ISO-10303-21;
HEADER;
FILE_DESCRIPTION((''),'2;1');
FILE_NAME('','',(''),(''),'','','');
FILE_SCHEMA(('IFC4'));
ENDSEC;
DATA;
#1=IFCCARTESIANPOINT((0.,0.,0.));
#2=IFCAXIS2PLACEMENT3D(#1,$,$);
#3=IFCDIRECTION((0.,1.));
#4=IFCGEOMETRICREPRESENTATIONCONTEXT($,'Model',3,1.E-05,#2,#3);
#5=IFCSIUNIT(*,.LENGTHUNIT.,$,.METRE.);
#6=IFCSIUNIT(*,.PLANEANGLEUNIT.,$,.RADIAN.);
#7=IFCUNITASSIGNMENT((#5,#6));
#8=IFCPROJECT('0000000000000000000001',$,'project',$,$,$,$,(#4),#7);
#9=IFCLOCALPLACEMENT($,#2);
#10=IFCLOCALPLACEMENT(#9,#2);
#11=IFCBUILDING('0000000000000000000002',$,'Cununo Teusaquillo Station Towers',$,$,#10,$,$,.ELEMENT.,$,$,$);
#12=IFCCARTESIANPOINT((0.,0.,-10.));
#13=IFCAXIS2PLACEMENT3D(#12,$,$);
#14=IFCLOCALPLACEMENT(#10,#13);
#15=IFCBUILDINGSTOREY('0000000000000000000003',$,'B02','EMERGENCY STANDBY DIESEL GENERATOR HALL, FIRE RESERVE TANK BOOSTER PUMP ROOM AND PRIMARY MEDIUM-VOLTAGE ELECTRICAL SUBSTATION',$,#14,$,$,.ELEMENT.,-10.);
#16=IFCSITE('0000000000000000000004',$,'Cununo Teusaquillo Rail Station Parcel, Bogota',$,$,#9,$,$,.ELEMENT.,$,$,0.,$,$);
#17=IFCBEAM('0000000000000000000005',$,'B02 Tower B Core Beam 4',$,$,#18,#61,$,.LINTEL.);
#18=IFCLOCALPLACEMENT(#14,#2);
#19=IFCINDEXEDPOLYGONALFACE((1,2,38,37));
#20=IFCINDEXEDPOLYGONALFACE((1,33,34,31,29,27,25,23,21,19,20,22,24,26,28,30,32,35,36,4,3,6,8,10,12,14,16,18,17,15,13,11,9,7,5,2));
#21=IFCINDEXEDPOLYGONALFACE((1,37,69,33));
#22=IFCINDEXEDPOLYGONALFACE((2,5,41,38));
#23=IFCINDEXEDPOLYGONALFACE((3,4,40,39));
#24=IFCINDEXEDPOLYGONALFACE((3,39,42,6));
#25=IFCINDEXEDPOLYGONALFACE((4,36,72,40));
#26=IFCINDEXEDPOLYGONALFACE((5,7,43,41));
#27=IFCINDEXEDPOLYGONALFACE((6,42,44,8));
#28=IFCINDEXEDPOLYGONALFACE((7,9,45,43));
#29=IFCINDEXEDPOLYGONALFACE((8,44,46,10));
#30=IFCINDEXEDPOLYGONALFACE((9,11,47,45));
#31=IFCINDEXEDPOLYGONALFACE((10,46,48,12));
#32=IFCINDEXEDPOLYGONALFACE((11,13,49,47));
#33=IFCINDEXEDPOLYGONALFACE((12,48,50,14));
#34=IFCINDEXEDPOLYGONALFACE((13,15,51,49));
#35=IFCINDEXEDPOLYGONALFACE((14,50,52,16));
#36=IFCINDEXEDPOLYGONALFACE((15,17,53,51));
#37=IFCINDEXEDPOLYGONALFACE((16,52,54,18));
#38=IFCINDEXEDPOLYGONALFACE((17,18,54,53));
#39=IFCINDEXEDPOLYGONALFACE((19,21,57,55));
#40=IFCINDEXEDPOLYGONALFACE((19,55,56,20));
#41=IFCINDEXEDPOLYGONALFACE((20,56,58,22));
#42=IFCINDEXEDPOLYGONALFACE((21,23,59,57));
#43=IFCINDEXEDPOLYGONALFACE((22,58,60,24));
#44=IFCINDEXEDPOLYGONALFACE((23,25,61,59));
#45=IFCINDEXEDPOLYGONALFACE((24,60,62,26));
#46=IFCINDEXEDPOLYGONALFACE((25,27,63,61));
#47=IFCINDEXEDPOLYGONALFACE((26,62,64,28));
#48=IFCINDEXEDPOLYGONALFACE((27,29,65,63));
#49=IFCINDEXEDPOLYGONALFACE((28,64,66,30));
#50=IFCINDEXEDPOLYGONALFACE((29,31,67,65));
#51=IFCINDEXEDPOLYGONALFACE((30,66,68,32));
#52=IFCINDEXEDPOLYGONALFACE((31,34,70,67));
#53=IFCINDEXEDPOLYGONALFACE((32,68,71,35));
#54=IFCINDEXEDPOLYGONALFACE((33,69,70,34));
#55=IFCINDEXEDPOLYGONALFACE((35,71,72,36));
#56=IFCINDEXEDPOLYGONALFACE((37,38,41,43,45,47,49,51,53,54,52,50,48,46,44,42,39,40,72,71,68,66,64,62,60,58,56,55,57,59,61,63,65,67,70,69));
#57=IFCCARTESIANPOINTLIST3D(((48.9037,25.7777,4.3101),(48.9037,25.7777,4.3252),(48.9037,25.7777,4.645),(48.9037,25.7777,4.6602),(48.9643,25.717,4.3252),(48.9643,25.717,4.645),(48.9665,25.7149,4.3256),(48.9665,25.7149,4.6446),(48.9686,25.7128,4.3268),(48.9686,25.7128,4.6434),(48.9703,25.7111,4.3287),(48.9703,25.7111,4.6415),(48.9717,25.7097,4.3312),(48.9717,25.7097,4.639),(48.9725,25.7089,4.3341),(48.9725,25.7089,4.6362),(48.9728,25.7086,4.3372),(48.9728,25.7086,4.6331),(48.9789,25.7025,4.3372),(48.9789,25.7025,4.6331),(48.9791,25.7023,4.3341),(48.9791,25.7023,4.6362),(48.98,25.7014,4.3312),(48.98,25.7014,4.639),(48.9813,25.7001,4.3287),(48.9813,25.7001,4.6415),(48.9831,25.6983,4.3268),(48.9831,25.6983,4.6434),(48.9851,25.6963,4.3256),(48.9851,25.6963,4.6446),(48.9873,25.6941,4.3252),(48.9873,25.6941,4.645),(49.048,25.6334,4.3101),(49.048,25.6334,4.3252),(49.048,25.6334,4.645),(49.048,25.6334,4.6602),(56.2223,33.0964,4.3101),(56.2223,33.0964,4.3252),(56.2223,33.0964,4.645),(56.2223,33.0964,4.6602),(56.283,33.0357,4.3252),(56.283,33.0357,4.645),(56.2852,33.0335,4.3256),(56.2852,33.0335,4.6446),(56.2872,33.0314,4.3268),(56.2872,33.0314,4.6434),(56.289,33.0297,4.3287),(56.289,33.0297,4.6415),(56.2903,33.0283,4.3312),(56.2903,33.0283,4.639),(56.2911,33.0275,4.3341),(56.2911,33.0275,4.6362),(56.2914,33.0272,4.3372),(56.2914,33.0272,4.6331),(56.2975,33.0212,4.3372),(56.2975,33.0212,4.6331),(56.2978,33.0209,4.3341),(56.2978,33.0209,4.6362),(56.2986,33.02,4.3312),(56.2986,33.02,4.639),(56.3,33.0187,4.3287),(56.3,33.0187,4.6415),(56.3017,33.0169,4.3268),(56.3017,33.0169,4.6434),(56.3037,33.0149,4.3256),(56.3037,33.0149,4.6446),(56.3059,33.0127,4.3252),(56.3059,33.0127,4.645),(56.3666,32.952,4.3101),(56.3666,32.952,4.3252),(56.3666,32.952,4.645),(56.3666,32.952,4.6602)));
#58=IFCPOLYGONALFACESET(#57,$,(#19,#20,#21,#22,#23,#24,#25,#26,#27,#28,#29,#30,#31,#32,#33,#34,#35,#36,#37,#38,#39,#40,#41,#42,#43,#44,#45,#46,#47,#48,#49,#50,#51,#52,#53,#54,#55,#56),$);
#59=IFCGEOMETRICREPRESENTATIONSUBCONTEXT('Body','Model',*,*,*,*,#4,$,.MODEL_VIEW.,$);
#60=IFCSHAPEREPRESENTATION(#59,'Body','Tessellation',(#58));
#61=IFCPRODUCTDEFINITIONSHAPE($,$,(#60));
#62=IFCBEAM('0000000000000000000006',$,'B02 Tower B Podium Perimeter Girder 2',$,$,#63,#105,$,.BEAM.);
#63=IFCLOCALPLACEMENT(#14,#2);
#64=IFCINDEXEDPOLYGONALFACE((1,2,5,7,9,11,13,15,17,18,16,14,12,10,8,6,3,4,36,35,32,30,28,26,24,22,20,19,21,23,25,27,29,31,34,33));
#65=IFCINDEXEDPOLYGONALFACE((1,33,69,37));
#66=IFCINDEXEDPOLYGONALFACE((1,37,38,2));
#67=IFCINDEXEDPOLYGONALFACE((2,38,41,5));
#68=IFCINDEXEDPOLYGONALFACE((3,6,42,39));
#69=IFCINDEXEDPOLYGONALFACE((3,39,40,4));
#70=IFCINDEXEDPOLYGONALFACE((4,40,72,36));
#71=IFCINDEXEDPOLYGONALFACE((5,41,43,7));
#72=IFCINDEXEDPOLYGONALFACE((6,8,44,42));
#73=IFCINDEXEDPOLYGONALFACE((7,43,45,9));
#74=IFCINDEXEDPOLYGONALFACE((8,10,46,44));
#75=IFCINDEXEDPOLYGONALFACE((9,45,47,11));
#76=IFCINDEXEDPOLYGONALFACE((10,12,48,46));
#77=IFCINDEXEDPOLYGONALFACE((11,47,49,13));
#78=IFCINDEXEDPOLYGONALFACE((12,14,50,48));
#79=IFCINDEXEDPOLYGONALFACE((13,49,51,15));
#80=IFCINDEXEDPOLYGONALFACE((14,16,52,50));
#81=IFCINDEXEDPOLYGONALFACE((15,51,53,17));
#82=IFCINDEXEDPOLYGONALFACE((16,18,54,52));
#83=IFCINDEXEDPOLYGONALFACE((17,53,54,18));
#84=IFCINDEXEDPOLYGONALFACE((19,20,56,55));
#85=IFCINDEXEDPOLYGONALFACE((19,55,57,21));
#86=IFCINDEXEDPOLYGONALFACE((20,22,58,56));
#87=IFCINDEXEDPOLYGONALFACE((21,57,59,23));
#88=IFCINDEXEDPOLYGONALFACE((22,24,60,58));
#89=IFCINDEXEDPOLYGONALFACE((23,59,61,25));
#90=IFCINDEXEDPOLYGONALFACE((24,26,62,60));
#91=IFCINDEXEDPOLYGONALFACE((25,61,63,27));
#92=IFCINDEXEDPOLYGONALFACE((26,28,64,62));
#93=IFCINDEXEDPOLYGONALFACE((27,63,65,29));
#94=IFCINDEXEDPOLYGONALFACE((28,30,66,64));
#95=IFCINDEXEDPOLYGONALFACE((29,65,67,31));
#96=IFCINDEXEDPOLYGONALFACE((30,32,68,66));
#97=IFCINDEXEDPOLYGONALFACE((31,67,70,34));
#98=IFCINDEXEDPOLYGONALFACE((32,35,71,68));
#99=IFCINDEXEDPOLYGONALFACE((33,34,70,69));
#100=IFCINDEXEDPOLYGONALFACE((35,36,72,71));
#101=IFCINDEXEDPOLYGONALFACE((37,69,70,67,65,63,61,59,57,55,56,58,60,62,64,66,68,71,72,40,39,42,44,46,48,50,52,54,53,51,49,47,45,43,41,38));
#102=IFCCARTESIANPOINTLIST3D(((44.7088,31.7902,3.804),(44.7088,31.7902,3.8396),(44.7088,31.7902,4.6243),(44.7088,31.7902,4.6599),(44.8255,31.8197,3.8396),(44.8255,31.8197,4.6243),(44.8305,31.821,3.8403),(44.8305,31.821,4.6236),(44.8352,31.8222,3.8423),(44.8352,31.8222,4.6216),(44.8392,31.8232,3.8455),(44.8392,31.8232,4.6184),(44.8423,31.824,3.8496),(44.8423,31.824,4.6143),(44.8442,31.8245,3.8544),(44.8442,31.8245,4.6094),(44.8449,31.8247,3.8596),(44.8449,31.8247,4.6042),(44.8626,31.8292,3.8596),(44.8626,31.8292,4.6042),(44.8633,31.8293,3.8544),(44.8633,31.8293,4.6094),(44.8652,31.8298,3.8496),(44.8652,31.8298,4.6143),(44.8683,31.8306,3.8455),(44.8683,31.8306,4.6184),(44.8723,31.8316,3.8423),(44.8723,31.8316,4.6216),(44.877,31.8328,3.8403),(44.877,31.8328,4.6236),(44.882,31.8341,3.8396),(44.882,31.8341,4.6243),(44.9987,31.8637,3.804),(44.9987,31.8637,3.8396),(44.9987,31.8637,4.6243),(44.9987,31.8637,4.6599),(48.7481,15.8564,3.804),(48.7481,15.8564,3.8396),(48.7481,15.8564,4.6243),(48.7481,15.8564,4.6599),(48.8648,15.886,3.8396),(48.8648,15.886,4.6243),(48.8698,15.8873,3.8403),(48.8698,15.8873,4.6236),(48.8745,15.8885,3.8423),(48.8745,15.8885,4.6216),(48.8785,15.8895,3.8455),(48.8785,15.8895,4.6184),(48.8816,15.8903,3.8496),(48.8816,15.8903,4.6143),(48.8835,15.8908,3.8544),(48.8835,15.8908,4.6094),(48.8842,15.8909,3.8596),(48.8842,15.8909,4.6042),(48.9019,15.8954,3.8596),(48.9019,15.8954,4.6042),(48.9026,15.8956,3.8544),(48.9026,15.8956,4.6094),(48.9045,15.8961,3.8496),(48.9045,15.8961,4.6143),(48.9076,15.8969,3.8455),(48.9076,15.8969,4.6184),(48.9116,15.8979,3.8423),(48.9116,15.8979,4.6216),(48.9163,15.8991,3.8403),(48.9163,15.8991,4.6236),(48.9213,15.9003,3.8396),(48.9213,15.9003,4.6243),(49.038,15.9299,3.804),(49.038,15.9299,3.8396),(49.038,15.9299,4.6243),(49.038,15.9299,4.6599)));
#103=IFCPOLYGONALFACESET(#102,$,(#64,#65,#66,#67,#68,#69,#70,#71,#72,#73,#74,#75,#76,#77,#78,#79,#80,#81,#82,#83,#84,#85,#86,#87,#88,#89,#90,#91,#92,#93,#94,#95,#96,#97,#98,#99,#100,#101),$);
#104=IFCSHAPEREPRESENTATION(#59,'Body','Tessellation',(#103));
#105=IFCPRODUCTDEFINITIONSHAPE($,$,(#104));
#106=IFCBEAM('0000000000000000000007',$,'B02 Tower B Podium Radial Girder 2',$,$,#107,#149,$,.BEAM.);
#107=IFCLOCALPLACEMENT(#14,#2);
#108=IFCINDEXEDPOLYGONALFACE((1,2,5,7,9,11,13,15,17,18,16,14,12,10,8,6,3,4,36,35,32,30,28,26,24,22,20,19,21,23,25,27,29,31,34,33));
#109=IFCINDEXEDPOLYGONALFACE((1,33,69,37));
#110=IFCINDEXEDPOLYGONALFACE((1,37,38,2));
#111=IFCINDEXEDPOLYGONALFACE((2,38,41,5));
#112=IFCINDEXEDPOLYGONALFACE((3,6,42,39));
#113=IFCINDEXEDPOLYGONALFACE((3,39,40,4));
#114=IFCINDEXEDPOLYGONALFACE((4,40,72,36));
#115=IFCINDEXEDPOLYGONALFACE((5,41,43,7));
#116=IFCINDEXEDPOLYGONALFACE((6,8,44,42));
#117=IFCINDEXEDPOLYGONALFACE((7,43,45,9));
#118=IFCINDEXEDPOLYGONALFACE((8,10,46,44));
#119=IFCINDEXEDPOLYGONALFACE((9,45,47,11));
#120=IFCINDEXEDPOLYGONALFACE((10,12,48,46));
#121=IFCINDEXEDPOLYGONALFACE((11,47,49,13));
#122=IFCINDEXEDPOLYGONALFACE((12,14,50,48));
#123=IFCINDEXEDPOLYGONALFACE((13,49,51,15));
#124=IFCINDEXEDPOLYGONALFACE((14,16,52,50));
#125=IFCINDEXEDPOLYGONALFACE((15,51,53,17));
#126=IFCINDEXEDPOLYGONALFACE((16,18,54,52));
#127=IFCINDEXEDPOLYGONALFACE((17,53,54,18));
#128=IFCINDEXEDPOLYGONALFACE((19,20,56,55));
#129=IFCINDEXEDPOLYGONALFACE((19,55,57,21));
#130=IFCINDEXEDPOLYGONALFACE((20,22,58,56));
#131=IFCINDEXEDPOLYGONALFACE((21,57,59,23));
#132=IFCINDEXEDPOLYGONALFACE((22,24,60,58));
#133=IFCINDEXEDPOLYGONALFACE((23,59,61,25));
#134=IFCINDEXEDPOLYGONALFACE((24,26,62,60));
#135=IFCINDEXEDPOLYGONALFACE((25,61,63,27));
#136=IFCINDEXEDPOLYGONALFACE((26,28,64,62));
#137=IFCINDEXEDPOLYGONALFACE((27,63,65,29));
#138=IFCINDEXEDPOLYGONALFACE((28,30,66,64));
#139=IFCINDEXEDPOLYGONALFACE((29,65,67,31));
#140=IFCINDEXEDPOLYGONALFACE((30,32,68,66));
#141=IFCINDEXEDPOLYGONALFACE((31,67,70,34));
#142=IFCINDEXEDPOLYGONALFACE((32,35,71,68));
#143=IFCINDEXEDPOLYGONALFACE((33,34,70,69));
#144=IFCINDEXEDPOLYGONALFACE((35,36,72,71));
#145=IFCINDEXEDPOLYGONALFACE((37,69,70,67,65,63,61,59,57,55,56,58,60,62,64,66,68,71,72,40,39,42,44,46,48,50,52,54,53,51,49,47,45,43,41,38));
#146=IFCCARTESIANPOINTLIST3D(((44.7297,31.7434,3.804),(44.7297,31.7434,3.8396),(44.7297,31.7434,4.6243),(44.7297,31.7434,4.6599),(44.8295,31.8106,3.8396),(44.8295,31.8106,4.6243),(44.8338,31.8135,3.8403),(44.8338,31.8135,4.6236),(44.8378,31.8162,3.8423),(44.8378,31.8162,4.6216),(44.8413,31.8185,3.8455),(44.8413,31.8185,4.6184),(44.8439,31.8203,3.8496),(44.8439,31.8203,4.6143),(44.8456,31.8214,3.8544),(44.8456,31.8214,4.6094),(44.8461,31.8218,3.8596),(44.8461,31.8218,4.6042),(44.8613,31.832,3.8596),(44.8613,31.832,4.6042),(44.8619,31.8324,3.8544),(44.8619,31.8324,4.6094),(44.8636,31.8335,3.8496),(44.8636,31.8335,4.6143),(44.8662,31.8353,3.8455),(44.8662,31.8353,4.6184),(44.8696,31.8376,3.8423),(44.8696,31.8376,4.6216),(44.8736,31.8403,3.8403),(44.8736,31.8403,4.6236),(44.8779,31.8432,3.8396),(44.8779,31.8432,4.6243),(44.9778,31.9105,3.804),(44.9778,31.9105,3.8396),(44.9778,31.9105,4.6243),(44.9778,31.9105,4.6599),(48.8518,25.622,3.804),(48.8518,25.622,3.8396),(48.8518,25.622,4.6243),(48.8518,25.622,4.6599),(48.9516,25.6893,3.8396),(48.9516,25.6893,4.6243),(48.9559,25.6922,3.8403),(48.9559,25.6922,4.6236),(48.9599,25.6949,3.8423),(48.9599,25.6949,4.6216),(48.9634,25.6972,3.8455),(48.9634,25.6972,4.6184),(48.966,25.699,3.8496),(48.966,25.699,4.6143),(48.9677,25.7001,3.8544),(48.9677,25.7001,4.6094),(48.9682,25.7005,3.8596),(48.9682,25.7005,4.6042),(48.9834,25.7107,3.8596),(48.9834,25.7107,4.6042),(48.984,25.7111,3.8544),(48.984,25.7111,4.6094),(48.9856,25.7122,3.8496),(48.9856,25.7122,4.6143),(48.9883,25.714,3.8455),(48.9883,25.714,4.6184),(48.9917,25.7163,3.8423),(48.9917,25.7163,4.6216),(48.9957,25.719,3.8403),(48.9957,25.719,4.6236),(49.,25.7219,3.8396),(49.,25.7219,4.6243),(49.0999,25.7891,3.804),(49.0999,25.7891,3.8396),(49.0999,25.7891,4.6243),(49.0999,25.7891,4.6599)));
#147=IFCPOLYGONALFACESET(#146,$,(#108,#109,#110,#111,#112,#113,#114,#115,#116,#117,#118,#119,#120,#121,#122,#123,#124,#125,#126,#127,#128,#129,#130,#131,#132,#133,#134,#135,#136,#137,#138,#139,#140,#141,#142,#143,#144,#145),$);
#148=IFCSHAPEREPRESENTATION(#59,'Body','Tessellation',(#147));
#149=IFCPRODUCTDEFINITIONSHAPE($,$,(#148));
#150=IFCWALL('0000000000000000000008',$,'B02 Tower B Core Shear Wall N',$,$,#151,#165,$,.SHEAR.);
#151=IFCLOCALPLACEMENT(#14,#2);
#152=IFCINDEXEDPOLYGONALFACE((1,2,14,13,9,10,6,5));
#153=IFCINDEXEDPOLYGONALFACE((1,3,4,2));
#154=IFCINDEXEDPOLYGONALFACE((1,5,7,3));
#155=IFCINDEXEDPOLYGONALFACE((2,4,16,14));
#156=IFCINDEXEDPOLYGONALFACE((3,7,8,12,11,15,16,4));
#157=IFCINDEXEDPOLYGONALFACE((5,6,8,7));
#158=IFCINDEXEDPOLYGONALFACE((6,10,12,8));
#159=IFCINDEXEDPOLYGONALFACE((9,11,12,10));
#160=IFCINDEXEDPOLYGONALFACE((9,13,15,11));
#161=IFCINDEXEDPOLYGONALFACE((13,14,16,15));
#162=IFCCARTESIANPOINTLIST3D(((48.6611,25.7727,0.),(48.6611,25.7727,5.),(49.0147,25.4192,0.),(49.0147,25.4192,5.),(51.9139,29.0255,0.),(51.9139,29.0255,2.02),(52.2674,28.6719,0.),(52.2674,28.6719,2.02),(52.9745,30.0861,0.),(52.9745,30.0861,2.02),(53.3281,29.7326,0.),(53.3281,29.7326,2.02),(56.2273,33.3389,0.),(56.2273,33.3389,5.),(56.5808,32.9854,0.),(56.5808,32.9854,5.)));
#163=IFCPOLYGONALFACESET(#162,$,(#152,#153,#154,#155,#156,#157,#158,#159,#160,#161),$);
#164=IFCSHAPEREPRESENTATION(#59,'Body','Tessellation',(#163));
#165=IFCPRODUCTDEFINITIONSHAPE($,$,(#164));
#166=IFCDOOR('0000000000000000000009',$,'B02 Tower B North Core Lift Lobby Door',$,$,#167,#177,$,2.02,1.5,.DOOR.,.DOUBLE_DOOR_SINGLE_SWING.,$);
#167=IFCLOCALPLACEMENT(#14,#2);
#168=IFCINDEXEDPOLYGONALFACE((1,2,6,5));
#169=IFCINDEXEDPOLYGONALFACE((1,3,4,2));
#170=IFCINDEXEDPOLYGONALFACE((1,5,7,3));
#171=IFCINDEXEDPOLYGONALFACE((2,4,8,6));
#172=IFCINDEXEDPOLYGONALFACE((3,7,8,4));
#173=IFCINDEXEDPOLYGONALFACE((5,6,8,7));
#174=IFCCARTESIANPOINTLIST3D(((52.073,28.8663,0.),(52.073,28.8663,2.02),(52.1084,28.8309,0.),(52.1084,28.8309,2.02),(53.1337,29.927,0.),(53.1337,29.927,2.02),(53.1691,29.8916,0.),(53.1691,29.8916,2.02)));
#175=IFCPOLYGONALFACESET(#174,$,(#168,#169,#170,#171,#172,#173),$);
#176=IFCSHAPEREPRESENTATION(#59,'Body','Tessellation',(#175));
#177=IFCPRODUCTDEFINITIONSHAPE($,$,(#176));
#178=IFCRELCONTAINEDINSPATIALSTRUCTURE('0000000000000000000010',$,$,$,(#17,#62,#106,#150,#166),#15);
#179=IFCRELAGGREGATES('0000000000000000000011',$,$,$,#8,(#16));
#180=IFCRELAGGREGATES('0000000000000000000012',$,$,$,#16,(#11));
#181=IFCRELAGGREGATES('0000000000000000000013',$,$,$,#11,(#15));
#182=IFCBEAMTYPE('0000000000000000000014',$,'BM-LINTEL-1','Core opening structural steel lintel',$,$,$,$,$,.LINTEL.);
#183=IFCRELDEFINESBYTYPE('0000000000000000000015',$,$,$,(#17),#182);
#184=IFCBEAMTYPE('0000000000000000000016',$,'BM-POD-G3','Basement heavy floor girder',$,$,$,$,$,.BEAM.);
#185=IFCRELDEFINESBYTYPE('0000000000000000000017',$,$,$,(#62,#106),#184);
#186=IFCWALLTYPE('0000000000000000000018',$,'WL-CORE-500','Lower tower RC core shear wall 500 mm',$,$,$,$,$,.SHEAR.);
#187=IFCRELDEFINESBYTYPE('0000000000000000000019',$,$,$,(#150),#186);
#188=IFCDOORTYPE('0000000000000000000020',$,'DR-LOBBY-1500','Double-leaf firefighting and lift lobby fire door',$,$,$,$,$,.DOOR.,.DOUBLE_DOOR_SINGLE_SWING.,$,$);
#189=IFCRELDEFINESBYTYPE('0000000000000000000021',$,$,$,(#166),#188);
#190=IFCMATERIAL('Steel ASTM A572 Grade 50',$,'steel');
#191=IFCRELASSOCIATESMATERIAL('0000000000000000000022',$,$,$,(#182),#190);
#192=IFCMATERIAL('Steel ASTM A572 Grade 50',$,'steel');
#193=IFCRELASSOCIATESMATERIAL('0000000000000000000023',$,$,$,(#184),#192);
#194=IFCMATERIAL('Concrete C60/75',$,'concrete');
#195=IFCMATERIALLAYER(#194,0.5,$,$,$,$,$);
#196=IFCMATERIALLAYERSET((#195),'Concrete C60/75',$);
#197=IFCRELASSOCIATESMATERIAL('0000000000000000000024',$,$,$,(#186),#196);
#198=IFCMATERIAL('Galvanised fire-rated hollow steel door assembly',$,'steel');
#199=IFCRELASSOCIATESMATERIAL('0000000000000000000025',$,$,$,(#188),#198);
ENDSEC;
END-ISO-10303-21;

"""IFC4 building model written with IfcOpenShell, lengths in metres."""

from ifc_helpers import new_model, si_unit, direction, frame, frame_2d, origin, origin_2d, place, context, subcontext, project, spatial, rectangle, i_section, extrude, source, transform, mapped, material, layer, layer_set, material_profile, profile_set, type_object, element, fill, save


model = new_model("IFC4")

# Units and contexts
model_context = context("Model", 3, precision=1e-05, world=origin(), true_north=direction((0.0, 1.0)))
body_context = subcontext(model_context, "Body", "Model", "MODEL_VIEW")
ifc_project = project(units=[si_unit("LENGTHUNIT", "METRE"), si_unit("PLANEANGLEUNIT", "RADIAN")], contexts=[model_context])

# Site, building, storey
site_placement = place(None, origin())
site = spatial("IfcSite", under=ifc_project, at=site_placement, Name="Cununo Teusaquillo Rail Station Parcel, Bogota", CompositionType="ELEMENT", RefElevation=0.0)
building_placement = place(site_placement, origin())
building = spatial("IfcBuilding", under=site, at=building_placement, Name="Cununo Teusaquillo Station Towers", CompositionType="ELEMENT")
storey_placement = place(building_placement, frame((0.0, 0.0, -10.0)))
storey = spatial("IfcBuildingStorey", under=building, at=storey_placement, Name="B02", Description="EMERGENCY STANDBY DIESEL GENERATOR HALL, FIRE RESERVE TANK BOOSTER PUMP ROOM AND PRIMARY MEDIUM-VOLTAGE ELECTRICAL SUBSTATION", CompositionType="ELEMENT", Elevation=-10.0)

# Beams
ifc_material_1 = material(Name="Steel ASTM A572 Grade 50", Category="steel")
ifc_material_profile_1 = material_profile(ifc_material_1, i_section(OverallWidth=0.2041, OverallDepth=0.3501, WebThickness=0.0085, FlangeThickness=0.0151, FilletRadius=0.012, at=origin_2d()), Name="W14X48")
ifc_profile_set_1 = profile_set([ifc_material_profile_1], Name="Steel ASTM A572 Grade 50")
beam_type_1 = type_object("IfcBeamType", Name="BM-LINTEL-1", Description="Core opening structural steel lintel", PredefinedType="LINTEL", material=ifc_profile_set_1)
beam_1_placement = place(storey_placement, frame((48.9758, 25.7056, 4.4851), z_axis=(0.707107, 0.707107, 0.0), x_axis=(-0.707107, 0.707107, 0.0)))
element("IfcBeam", 1, at=beam_1_placement, inside=storey, type_object=beam_type_1, Name="B02 Tower B Core Beam 4", PredefinedType="LINTEL", context=body_context, shape_type="SweptSolid", body=[
    extrude(i_section(OverallWidth=0.2041, OverallDepth=0.3501, WebThickness=0.0085, FlangeThickness=0.0151, FilletRadius=0.012, at=origin_2d()), origin(), (0.0, 0.0, 1.0), 10.3501),
])
ifc_material_2 = material(Name="Steel ASTM A572 Grade 50", Category="steel")
ifc_material_profile_2 = material_profile(ifc_material_2, i_section(OverallWidth=0.2991, OverallDepth=0.856, WebThickness=0.0183, FlangeThickness=0.0356, FilletRadius=0.02, at=origin_2d()), Name="W33X201")
ifc_profile_set_2 = profile_set([ifc_material_profile_2], Name="Steel ASTM A572 Grade 50")
beam_type_2 = type_object("IfcBeamType", Name="BM-POD-G3", Description="Basement heavy floor girder", PredefinedType="BEAM", material=ifc_profile_set_2)
beam_2_placement = place(storey_placement, frame((44.8538, 31.8269, 4.2319), z_axis=(0.245732, -0.969338, 0.0), x_axis=(0.969338, 0.245732, 0.0)))
element("IfcBeam", 2, at=beam_2_placement, inside=storey, type_object=beam_type_2, Name="B02 Tower B Podium Perimeter Girder 2", PredefinedType="BEAM", context=body_context, shape_type="SweptSolid", body=[
    extrude(i_section(OverallWidth=0.2991, OverallDepth=0.856, WebThickness=0.0183, FlangeThickness=0.0356, FilletRadius=0.02, at=origin_2d()), origin(), (0.0, 0.0, 1.0), 16.4377),
])
beam_3_placement = place(storey_placement, frame((48.9758, 25.7056, 4.2319), z_axis=(-0.558557, 0.829466, 0.0), x_axis=(-0.829466, -0.558557, 0.0)))
element("IfcBeam", 3, at=beam_3_placement, inside=storey, type_object=beam_type_2, Name="B02 Tower B Podium Radial Girder 2", PredefinedType="BEAM", context=body_context, shape_type="SweptSolid", body=[
    extrude(i_section(OverallWidth=0.2991, OverallDepth=0.856, WebThickness=0.0183, FlangeThickness=0.0356, FilletRadius=0.02, at=origin_2d()), origin(), (0.0, 0.0, 1.0), 7.3799),
])

# Wall, opening, door
ifc_material_3 = material(Name="Concrete C60/75", Category="concrete")
ifc_layer_1 = layer(ifc_material_3, 0.5)
ifc_layer_set_1 = layer_set([ifc_layer_1], Name="Concrete C60/75")
wall_type_1 = type_object("IfcWallType", Name="WL-CORE-500", Description="Lower tower RC core shear wall 500 mm", PredefinedType="SHEAR", material=ifc_layer_set_1)
wall_1_placement = place(storey_placement, frame((48.8379, 25.5959, 0.0), z_axis=(0.0, 0.0, 1.0), x_axis=(0.707107, 0.707107, 0.0)))
wall_1 = element("IfcWall", 4, at=wall_1_placement, inside=storey, type_object=wall_type_1, Name="B02 Tower B Core Shear Wall N", PredefinedType="SHEAR", context=body_context, shape_type="SweptSolid", body=[
    extrude(rectangle(XDim=10.7002, YDim=0.5, at=frame_2d((5.3501, 0.0))), origin(), (0.0, 0.0, 1.0), 5.0),
])
shared_shape_1 = source(origin(), body_context, "Body", "SweptSolid", [
    extrude(rectangle(XDim=1.5, YDim=2.02, at=frame_2d((0.75, 1.01))), frame((0.0, 0.26, 0.0), z_axis=(0.0, -1.0, 0.0), x_axis=(1.0, 0.0, 0.0)), (0.0, 0.0, 1.0), 0.52),
])
opening_1_placement = place(wall_1_placement, frame((4.6001, 0.0, 0.0)))
opening_1 = element("IfcOpeningElement", 5, at=opening_1_placement, cuts=wall_1, PredefinedType="OPENING", context=body_context, shape_type="MappedRepresentation", body=[
    mapped(shared_shape_1, transform((0.0, 0.0, 0.0), x_axis=(1.0, 0.0, 0.0), y_axis=(0.0, 1.0, 0.0), z_axis=(0.0, 0.0, 1.0), scale=1.0)),
])
ifc_material_4 = material(Name="Galvanised fire-rated hollow steel door assembly", Category="steel")
door_type_1 = type_object("IfcDoorType", Name="DR-LOBBY-1500", Description="Double-leaf firefighting and lift lobby fire door", OperationType="DOUBLE_DOOR_SINGLE_SWING", PredefinedType="DOOR", material=ifc_material_4)
shared_shape_2 = source(origin(), body_context, "Body", "SweptSolid", [
    extrude(rectangle(XDim=1.5, YDim=2.02, at=frame_2d((0.75, 1.01))), frame((0.0, 0.0249, 0.0), z_axis=(0.0, -1.0, 0.0), x_axis=(1.0, 0.0, 0.0)), (0.0, 0.0, 1.0), 0.05),
])
door_1_placement = place(opening_1_placement, origin())
door_1 = element("IfcDoor", 6, at=door_1_placement, inside=storey, type_object=door_type_1, Name="B02 Tower B North Core Lift Lobby Door", OperationType="DOUBLE_DOOR_SINGLE_SWING", OverallHeight=2.02, OverallWidth=1.5, PredefinedType="DOOR", context=body_context, shape_type="MappedRepresentation", body=[
    mapped(shared_shape_2, transform((0.0, 0.0, 0.0), x_axis=(1.0, 0.0, 0.0), y_axis=(0.0, 1.0, 0.0), z_axis=(0.0, 0.0, 1.0), scale=1.0)),
])
fill(opening_1, door_1)

save(model, "model.ifc")
